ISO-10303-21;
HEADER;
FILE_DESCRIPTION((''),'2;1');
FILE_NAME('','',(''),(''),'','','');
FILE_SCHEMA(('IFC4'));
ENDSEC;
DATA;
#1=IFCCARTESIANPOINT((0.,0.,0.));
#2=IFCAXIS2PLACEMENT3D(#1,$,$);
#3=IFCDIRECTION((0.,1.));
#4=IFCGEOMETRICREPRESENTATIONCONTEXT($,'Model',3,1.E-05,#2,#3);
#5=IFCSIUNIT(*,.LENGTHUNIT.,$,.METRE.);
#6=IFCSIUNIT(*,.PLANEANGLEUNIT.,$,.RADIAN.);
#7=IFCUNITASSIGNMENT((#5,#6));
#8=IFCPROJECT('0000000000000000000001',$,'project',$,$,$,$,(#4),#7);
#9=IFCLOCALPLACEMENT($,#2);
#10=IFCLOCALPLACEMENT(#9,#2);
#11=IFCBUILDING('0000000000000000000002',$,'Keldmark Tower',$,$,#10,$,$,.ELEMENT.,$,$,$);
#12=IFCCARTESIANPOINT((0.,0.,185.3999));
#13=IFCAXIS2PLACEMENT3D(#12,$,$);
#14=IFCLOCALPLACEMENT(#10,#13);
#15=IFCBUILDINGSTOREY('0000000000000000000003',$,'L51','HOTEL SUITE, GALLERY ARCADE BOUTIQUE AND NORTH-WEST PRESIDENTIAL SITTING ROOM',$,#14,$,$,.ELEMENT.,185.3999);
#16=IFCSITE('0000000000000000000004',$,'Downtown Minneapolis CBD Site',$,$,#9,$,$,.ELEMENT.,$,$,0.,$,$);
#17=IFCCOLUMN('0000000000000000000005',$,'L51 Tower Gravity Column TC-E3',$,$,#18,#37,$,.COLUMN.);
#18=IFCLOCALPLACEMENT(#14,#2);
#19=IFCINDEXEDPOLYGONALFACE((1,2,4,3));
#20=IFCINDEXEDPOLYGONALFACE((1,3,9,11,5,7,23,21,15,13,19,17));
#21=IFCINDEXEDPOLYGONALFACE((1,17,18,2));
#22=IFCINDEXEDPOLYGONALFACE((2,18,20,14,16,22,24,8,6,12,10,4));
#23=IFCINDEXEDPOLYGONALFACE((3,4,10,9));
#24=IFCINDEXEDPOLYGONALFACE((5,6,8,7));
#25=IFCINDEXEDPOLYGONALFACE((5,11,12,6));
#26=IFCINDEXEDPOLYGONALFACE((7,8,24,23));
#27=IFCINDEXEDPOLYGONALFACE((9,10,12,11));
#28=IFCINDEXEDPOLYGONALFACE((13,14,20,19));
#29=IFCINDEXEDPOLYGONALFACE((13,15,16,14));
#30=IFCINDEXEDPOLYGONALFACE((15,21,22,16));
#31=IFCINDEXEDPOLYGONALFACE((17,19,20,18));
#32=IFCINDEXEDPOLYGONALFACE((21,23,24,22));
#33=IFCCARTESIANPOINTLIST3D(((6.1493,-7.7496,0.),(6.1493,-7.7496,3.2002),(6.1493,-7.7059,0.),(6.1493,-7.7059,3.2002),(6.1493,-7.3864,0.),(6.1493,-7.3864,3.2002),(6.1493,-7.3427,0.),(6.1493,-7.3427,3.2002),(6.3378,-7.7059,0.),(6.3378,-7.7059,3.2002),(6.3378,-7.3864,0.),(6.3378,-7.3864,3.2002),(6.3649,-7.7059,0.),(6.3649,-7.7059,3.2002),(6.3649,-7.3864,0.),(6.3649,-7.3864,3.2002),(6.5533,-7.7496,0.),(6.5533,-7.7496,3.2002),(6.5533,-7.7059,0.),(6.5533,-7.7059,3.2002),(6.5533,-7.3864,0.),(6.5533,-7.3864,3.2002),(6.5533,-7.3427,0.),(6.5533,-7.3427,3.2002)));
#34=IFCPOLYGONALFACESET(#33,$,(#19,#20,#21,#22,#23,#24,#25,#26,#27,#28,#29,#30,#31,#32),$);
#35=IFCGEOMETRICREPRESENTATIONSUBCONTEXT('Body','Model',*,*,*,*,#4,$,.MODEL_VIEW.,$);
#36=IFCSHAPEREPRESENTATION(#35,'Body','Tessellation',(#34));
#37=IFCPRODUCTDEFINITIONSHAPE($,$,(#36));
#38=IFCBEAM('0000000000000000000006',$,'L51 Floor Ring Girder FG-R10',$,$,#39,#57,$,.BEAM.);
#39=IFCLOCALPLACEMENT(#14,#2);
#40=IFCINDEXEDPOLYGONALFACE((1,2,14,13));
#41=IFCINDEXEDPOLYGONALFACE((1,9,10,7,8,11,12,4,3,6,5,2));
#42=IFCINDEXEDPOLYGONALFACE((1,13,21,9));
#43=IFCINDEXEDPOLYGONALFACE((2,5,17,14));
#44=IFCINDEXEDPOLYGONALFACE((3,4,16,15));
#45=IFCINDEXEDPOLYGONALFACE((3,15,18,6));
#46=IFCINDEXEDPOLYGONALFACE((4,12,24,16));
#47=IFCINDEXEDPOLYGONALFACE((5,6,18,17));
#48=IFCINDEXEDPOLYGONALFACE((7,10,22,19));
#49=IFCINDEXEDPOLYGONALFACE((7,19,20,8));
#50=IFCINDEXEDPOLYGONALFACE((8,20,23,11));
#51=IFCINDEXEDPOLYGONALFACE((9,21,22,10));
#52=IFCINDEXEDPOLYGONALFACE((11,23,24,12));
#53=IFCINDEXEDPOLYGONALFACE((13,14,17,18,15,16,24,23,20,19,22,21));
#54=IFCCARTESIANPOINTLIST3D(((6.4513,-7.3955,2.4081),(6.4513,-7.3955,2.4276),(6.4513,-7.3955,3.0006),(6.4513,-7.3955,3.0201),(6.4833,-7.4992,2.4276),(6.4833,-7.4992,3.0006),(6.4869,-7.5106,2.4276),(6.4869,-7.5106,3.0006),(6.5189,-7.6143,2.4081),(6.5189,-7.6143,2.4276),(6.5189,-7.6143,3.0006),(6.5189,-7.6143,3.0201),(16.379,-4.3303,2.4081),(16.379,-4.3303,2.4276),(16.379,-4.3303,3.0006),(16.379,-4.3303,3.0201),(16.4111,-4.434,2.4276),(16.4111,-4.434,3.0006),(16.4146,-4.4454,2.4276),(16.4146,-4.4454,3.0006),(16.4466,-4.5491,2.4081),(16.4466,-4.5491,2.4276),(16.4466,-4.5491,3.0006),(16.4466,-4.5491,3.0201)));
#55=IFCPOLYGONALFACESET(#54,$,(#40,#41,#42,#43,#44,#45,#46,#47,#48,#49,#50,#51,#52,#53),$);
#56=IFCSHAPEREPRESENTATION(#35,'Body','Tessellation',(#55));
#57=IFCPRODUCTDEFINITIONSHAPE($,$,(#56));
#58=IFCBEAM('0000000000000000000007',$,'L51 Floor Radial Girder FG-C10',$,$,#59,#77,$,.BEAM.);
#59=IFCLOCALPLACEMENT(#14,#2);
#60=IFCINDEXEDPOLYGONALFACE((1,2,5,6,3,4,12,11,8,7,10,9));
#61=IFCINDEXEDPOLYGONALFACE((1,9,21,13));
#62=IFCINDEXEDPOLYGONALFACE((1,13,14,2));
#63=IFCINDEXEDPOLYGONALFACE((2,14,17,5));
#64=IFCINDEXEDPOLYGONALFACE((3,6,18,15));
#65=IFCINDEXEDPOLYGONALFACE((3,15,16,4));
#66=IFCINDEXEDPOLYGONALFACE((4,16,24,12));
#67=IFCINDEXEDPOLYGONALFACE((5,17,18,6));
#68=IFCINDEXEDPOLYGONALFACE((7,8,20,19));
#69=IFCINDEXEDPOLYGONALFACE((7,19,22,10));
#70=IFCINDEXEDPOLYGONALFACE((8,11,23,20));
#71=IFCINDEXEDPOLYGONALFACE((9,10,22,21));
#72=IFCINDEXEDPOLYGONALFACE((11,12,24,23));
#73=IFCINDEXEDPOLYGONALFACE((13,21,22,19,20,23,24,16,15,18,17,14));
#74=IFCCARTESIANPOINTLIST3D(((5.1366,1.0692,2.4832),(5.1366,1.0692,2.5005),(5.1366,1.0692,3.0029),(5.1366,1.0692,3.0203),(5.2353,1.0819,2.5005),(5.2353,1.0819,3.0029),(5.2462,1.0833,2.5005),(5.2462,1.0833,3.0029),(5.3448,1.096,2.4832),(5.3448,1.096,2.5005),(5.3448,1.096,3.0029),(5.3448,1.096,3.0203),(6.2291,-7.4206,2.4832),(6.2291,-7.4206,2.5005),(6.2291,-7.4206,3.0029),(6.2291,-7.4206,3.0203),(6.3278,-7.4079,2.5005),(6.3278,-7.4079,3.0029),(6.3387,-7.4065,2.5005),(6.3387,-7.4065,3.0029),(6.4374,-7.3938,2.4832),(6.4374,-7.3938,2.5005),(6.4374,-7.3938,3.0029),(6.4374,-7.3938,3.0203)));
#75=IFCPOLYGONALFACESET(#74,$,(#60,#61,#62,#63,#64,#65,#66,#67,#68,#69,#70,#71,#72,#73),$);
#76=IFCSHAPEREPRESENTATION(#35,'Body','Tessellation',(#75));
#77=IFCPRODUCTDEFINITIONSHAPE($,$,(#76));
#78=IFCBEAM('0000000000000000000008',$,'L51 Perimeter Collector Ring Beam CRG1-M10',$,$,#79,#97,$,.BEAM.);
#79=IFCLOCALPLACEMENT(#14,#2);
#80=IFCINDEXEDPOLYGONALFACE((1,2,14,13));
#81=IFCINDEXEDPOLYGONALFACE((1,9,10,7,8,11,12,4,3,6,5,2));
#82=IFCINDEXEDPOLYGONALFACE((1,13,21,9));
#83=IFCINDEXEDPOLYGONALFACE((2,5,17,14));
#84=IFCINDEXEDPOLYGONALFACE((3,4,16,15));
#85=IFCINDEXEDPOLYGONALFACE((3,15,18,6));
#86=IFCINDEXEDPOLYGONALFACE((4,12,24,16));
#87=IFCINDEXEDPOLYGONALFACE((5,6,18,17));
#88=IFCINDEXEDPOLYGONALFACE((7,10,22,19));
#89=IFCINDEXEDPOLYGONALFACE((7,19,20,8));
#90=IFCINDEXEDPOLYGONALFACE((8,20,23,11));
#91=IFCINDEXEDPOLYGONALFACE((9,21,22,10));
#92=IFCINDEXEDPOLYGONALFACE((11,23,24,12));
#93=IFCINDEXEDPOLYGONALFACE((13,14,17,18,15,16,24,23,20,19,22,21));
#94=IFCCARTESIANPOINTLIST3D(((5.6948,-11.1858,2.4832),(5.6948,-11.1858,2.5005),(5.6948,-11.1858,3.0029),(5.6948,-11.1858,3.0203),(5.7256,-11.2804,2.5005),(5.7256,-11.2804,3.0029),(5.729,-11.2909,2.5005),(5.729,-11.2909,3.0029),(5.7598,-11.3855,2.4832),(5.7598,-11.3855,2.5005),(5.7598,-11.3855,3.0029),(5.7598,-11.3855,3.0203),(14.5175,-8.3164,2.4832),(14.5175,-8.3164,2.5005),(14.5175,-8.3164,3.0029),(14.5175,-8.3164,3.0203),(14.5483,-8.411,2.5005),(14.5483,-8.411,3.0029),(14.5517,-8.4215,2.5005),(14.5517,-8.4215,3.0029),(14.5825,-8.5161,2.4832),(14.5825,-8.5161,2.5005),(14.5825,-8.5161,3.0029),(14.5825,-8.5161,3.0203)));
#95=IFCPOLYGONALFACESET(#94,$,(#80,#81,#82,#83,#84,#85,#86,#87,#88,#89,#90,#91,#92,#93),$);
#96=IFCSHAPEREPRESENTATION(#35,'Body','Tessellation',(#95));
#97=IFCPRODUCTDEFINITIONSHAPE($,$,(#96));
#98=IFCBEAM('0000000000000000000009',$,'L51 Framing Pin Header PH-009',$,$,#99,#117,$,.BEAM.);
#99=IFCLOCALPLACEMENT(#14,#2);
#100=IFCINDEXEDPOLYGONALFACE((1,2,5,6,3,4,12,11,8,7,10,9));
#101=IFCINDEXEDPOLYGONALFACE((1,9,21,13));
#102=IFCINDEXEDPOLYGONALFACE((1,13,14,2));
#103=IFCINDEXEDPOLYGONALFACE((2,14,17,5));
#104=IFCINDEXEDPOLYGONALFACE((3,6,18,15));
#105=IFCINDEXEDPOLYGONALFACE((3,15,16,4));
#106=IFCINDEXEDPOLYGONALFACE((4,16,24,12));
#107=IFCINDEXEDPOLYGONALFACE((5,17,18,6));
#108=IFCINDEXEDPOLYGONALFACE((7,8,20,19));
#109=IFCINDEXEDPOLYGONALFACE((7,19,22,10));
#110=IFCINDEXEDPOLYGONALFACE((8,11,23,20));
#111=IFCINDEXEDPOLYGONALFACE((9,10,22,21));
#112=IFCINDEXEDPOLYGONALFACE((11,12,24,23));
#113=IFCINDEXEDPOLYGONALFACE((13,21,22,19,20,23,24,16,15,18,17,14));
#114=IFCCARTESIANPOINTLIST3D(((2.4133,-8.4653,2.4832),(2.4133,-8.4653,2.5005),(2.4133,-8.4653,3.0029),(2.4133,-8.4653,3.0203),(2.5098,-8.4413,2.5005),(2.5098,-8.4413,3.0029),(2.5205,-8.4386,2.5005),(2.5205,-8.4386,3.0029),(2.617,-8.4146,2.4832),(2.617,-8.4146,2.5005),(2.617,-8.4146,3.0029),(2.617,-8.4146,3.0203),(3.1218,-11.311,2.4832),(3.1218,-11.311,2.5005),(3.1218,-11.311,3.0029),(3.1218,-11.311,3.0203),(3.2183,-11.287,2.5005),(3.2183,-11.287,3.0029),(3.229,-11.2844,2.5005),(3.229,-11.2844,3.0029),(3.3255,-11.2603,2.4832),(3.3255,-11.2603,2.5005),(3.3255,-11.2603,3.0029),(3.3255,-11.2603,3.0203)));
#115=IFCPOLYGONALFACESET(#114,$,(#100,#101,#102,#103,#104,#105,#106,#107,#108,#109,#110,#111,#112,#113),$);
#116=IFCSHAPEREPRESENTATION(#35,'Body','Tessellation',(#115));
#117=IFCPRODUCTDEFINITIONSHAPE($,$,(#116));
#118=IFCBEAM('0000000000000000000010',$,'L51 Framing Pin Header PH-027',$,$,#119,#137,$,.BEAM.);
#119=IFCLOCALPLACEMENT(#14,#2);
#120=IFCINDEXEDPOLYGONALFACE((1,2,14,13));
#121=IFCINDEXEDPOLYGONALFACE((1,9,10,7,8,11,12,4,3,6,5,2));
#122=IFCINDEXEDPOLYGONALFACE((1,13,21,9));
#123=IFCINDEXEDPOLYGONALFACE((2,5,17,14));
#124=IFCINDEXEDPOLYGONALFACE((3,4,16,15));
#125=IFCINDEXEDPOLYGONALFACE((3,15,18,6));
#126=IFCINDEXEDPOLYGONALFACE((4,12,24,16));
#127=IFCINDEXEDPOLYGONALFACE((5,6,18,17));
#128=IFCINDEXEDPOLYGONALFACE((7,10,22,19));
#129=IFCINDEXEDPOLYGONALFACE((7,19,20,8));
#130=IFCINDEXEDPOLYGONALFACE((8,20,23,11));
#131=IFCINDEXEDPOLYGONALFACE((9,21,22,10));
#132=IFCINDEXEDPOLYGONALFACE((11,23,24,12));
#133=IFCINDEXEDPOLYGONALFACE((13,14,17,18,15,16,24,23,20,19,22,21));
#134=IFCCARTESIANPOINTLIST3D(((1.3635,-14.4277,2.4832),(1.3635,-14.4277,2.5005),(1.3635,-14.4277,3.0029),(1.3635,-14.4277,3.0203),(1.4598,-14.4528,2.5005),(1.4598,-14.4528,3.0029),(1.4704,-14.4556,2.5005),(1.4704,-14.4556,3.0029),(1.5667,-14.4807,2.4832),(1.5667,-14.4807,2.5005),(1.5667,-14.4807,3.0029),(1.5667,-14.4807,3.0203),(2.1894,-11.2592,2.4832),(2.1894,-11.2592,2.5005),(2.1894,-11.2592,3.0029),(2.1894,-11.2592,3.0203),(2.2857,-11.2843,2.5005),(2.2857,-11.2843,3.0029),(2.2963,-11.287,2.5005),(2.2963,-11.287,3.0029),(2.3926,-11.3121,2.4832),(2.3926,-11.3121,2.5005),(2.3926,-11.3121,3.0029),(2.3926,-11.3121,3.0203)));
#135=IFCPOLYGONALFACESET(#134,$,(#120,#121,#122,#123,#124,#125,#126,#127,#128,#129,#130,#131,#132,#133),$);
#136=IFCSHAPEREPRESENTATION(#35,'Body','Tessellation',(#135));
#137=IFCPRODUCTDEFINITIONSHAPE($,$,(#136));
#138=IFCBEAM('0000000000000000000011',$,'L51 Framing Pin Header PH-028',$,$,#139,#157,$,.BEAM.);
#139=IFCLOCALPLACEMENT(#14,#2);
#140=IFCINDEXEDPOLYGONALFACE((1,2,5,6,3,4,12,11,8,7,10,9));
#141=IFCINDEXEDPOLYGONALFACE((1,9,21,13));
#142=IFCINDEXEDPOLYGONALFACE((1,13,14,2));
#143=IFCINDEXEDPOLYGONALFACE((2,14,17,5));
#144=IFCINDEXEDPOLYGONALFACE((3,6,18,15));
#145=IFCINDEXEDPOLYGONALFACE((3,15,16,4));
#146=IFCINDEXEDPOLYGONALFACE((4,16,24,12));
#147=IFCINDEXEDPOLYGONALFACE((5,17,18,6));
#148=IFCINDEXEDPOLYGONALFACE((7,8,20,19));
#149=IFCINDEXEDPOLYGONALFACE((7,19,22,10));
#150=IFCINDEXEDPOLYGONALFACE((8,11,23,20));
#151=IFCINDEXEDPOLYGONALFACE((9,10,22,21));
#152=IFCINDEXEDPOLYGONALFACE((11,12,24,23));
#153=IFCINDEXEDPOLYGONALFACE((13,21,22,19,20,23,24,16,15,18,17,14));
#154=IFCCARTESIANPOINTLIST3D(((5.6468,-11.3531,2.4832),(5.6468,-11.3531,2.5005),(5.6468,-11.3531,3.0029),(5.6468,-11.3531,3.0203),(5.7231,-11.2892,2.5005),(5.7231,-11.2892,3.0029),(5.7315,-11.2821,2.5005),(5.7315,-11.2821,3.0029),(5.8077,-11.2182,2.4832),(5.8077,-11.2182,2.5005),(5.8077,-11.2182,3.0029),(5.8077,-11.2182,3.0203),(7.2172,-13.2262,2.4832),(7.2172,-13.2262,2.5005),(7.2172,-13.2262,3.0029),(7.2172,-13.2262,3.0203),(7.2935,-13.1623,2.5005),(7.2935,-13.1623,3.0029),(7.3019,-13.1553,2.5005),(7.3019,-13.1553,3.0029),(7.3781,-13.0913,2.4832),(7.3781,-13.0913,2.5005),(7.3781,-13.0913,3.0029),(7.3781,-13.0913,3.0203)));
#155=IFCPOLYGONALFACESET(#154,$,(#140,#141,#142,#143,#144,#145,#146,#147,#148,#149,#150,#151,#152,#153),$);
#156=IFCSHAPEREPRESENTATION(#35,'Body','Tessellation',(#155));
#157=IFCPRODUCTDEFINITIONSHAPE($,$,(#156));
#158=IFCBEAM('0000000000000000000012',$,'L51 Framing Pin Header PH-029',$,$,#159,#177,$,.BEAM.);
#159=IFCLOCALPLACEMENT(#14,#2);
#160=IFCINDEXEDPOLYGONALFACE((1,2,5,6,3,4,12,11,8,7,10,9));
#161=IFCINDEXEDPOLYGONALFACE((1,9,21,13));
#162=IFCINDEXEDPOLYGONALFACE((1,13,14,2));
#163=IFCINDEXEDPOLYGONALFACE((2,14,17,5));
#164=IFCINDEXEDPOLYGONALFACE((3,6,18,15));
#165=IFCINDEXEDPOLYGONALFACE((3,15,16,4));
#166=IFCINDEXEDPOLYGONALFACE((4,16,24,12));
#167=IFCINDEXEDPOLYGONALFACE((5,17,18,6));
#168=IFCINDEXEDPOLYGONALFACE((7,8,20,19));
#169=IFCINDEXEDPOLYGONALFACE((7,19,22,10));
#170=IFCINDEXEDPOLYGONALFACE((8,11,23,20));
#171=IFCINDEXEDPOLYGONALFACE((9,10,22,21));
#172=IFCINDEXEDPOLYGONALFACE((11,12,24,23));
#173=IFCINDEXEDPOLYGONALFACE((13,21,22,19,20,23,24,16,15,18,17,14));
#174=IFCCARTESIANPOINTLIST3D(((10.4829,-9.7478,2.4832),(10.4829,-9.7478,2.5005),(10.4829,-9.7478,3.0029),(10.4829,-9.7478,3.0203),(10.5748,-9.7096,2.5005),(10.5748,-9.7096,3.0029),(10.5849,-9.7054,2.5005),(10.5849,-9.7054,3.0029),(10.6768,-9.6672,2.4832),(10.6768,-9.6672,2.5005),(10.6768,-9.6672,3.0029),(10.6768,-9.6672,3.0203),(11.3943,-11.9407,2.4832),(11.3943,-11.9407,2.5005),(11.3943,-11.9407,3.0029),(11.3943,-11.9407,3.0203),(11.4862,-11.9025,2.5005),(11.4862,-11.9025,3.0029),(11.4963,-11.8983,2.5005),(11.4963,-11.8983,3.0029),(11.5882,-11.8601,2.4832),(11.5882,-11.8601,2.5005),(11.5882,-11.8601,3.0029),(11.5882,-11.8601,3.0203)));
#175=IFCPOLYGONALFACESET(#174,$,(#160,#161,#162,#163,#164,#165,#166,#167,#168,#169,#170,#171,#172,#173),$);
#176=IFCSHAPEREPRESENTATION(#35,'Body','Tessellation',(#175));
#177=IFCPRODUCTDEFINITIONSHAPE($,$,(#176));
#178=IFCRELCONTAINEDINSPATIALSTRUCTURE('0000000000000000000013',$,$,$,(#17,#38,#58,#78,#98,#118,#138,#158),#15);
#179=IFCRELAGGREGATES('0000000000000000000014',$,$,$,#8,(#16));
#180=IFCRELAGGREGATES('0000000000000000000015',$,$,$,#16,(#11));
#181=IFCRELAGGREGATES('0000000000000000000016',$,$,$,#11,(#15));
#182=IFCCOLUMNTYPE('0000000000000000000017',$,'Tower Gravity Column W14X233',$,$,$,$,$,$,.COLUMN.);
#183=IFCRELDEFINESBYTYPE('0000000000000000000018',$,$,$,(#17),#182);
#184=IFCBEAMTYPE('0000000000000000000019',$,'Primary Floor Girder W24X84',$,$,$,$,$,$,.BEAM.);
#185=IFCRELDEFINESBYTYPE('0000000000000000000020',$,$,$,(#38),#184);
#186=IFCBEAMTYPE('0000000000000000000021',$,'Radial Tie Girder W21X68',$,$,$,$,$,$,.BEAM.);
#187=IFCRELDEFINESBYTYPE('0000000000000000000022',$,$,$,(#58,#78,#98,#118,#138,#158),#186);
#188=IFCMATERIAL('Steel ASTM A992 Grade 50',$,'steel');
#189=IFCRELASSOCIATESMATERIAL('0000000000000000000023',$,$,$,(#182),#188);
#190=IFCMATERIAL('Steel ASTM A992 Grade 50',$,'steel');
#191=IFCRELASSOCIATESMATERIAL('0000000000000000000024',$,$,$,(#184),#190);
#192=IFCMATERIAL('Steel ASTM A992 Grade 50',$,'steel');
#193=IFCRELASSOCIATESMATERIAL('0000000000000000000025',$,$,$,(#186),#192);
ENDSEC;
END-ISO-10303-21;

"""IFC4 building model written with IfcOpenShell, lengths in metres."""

from ifc_helpers import new_model, si_unit, direction, frame, origin, origin_2d, place, context, subcontext, project, spatial, i_section, extrude, material, material_profile, profile_set, type_object, element, save


model = new_model("IFC4")

# Units and contexts
model_context = context("Model", 3, precision=1e-05, world=origin(), true_north=direction((0.0, 1.0)))
body_context = subcontext(model_context, "Body", "Model", "MODEL_VIEW")
ifc_project = project(units=[si_unit("LENGTHUNIT", "METRE"), si_unit("PLANEANGLEUNIT", "RADIAN")], contexts=[model_context])

# Site, building, storey
site_placement = place(None, origin())
site = spatial("IfcSite", under=ifc_project, at=site_placement, Name="Downtown Minneapolis CBD Site", CompositionType="ELEMENT", RefElevation=0.0)
building_placement = place(site_placement, origin())
building = spatial("IfcBuilding", under=site, at=building_placement, Name="Keldmark Tower", CompositionType="ELEMENT")
storey_placement = place(building_placement, frame((0.0, 0.0, 185.3999)))
storey = spatial("IfcBuildingStorey", under=building, at=storey_placement, Name="L51", Description="HOTEL SUITE, GALLERY ARCADE BOUTIQUE AND NORTH-WEST PRESIDENTIAL SITTING ROOM", CompositionType="ELEMENT", Elevation=185.3999)

# Column
ifc_material_1 = material(Name="Steel ASTM A992 Grade 50", Category="steel")
ifc_material_profile_1 = material_profile(ifc_material_1, i_section(OverallWidth=0.4041, OverallDepth=0.407, WebThickness=0.0271, FlangeThickness=0.0437, at=origin_2d()), Name="W14X233")
ifc_profile_set_1 = profile_set([ifc_material_profile_1], Name="Steel ASTM A992 Grade 50")
column_type = type_object("IfcColumnType", Name="Tower Gravity Column W14X233", PredefinedType="COLUMN", material=ifc_profile_set_1)
column_placement = place(storey_placement, frame((6.3513, -7.5461, 0.0), z_axis=(0.0, 0.0, 1.0), x_axis=(1.0, 0.0, 0.0)))
element("IfcColumn", 1, at=column_placement, inside=storey, type_object=column_type, Name="L51 Tower Gravity Column TC-E3", PredefinedType="COLUMN", context=body_context, shape_type="SweptSolid", body=[
    extrude(i_section(OverallWidth=0.4041, OverallDepth=0.407, WebThickness=0.0271, FlangeThickness=0.0437, at=origin_2d()), origin(), (0.0, 0.0, 1.0), 3.2002),
])

# Beams
ifc_material_2 = material(Name="Steel ASTM A992 Grade 50", Category="steel")
ifc_material_profile_2 = material_profile(ifc_material_2, i_section(OverallWidth=0.229, OverallDepth=0.6121, WebThickness=0.012, FlangeThickness=0.0195, at=origin_2d()), Name="W24X84")
ifc_profile_set_2 = profile_set([ifc_material_profile_2], Name="Steel ASTM A992 Grade 50")
beam_type_1 = type_object("IfcBeamType", Name="Primary Floor Girder W24X84", PredefinedType="BEAM", material=ifc_profile_set_2)
beam_1_placement = place(storey_placement, frame((6.4851, -7.5049, 2.7141), z_axis=(0.955495, 0.295009, 0.0), x_axis=(-0.295009, 0.955495, 0.0)))
element("IfcBeam", 2, at=beam_1_placement, inside=storey, type_object=beam_type_1, Name="L51 Floor Ring Girder FG-R10", PredefinedType="BEAM", context=body_context, shape_type="SweptSolid", body=[
    extrude(i_section(OverallWidth=0.229, OverallDepth=0.6121, WebThickness=0.012, FlangeThickness=0.0195, at=origin_2d()), origin(), (0.0, 0.0, 1.0), 10.3901),
])
ifc_material_3 = material(Name="Steel ASTM A992 Grade 50", Category="steel")
ifc_material_profile_3 = material_profile(ifc_material_3, i_section(OverallWidth=0.21, OverallDepth=0.5371, WebThickness=0.011, FlangeThickness=0.0173, at=origin_2d()), Name="W21X68")
ifc_profile_set_3 = profile_set([ifc_material_profile_3], Name="Steel ASTM A992 Grade 50")
beam_type_2 = type_object("IfcBeamType", Name="Radial Tie Girder W21X68", PredefinedType="BEAM", material=ifc_profile_set_3)
beam_2_placement = place(storey_placement, frame((6.3333, -7.4072, 2.7517), z_axis=(-0.127636, 0.991821, 0.0), x_axis=(-0.991821, -0.127636, 0.0)))
element("IfcBeam", 3, at=beam_2_placement, inside=storey, type_object=beam_type_2, Name="L51 Floor Radial Girder FG-C10", PredefinedType="BEAM", context=body_context, shape_type="SweptSolid", body=[
    extrude(i_section(OverallWidth=0.21, OverallDepth=0.5371, WebThickness=0.011, FlangeThickness=0.0173, at=origin_2d()), origin(), (0.0, 0.0, 1.0), 8.5598),
])
beam_3_placement = place(storey_placement, frame((5.7273, -11.2856, 2.7517), z_axis=(0.950971, 0.30928, 0.0), x_axis=(-0.30928, 0.950971, 0.0)))
element("IfcBeam", 4, at=beam_3_placement, inside=storey, type_object=beam_type_2, Name="L51 Perimeter Collector Ring Beam CRG1-M10", PredefinedType="BEAM", context=body_context, shape_type="SweptSolid", body=[
    extrude(i_section(OverallWidth=0.21, OverallDepth=0.5371, WebThickness=0.011, FlangeThickness=0.0173, at=origin_2d()), origin(), (0.0, 0.0, 1.0), 9.2776),
])
beam_4_placement = place(storey_placement, frame((2.5151, -8.4399, 2.7517), z_axis=(0.241595, -0.970377, 0.0), x_axis=(0.970377, 0.241595, 0.0)))
element("IfcBeam", 5, at=beam_4_placement, inside=storey, type_object=beam_type_2, Name="L51 Framing Pin Header PH-009", PredefinedType="BEAM", context=body_context, shape_type="SweptSolid", body=[
    extrude(i_section(OverallWidth=0.21, OverallDepth=0.5371, WebThickness=0.011, FlangeThickness=0.0173, at=origin_2d()), origin(), (0.0, 0.0, 1.0), 2.9326),
])
beam_5_placement = place(storey_placement, frame((2.291, -11.2856, 2.7517), z_axis=(-0.252243, -0.967664, 0.0), x_axis=(0.967664, -0.252243, 0.0)))
element("IfcBeam", 6, at=beam_5_placement, inside=storey, type_object=beam_type_2, Name="L51 Framing Pin Header PH-027", PredefinedType="BEAM", context=body_context, shape_type="SweptSolid", body=[
    extrude(i_section(OverallWidth=0.21, OverallDepth=0.5371, WebThickness=0.011, FlangeThickness=0.0173, at=origin_2d()), origin(), (0.0, 0.0, 1.0), 3.2744),
])
beam_6_placement = place(storey_placement, frame((5.7273, -11.2856, 2.7517), z_axis=(0.642461, -0.766318, 0.0), x_axis=(0.766318, 0.642461, 0.0)))
element("IfcBeam", 7, at=beam_6_placement, inside=storey, type_object=beam_type_2, Name="L51 Framing Pin Header PH-028", PredefinedType="BEAM", context=body_context, shape_type="SweptSolid", body=[
    extrude(i_section(OverallWidth=0.21, OverallDepth=0.5371, WebThickness=0.011, FlangeThickness=0.0173, at=origin_2d()), origin(), (0.0, 0.0, 1.0), 2.4443),
])
beam_7_placement = place(storey_placement, frame((10.5798, -9.7075, 2.7517), z_axis=(0.383783, -0.923423, 0.0), x_axis=(0.923423, 0.383783, 0.0)))
element("IfcBeam", 8, at=beam_7_placement, inside=storey, type_object=beam_type_2, Name="L51 Framing Pin Header PH-029", PredefinedType="BEAM", context=body_context, shape_type="SweptSolid", body=[
    extrude(i_section(OverallWidth=0.21, OverallDepth=0.5371, WebThickness=0.011, FlangeThickness=0.0173, at=origin_2d()), origin(), (0.0, 0.0, 1.0), 2.3748),
])

save(model, "model.ifc")
